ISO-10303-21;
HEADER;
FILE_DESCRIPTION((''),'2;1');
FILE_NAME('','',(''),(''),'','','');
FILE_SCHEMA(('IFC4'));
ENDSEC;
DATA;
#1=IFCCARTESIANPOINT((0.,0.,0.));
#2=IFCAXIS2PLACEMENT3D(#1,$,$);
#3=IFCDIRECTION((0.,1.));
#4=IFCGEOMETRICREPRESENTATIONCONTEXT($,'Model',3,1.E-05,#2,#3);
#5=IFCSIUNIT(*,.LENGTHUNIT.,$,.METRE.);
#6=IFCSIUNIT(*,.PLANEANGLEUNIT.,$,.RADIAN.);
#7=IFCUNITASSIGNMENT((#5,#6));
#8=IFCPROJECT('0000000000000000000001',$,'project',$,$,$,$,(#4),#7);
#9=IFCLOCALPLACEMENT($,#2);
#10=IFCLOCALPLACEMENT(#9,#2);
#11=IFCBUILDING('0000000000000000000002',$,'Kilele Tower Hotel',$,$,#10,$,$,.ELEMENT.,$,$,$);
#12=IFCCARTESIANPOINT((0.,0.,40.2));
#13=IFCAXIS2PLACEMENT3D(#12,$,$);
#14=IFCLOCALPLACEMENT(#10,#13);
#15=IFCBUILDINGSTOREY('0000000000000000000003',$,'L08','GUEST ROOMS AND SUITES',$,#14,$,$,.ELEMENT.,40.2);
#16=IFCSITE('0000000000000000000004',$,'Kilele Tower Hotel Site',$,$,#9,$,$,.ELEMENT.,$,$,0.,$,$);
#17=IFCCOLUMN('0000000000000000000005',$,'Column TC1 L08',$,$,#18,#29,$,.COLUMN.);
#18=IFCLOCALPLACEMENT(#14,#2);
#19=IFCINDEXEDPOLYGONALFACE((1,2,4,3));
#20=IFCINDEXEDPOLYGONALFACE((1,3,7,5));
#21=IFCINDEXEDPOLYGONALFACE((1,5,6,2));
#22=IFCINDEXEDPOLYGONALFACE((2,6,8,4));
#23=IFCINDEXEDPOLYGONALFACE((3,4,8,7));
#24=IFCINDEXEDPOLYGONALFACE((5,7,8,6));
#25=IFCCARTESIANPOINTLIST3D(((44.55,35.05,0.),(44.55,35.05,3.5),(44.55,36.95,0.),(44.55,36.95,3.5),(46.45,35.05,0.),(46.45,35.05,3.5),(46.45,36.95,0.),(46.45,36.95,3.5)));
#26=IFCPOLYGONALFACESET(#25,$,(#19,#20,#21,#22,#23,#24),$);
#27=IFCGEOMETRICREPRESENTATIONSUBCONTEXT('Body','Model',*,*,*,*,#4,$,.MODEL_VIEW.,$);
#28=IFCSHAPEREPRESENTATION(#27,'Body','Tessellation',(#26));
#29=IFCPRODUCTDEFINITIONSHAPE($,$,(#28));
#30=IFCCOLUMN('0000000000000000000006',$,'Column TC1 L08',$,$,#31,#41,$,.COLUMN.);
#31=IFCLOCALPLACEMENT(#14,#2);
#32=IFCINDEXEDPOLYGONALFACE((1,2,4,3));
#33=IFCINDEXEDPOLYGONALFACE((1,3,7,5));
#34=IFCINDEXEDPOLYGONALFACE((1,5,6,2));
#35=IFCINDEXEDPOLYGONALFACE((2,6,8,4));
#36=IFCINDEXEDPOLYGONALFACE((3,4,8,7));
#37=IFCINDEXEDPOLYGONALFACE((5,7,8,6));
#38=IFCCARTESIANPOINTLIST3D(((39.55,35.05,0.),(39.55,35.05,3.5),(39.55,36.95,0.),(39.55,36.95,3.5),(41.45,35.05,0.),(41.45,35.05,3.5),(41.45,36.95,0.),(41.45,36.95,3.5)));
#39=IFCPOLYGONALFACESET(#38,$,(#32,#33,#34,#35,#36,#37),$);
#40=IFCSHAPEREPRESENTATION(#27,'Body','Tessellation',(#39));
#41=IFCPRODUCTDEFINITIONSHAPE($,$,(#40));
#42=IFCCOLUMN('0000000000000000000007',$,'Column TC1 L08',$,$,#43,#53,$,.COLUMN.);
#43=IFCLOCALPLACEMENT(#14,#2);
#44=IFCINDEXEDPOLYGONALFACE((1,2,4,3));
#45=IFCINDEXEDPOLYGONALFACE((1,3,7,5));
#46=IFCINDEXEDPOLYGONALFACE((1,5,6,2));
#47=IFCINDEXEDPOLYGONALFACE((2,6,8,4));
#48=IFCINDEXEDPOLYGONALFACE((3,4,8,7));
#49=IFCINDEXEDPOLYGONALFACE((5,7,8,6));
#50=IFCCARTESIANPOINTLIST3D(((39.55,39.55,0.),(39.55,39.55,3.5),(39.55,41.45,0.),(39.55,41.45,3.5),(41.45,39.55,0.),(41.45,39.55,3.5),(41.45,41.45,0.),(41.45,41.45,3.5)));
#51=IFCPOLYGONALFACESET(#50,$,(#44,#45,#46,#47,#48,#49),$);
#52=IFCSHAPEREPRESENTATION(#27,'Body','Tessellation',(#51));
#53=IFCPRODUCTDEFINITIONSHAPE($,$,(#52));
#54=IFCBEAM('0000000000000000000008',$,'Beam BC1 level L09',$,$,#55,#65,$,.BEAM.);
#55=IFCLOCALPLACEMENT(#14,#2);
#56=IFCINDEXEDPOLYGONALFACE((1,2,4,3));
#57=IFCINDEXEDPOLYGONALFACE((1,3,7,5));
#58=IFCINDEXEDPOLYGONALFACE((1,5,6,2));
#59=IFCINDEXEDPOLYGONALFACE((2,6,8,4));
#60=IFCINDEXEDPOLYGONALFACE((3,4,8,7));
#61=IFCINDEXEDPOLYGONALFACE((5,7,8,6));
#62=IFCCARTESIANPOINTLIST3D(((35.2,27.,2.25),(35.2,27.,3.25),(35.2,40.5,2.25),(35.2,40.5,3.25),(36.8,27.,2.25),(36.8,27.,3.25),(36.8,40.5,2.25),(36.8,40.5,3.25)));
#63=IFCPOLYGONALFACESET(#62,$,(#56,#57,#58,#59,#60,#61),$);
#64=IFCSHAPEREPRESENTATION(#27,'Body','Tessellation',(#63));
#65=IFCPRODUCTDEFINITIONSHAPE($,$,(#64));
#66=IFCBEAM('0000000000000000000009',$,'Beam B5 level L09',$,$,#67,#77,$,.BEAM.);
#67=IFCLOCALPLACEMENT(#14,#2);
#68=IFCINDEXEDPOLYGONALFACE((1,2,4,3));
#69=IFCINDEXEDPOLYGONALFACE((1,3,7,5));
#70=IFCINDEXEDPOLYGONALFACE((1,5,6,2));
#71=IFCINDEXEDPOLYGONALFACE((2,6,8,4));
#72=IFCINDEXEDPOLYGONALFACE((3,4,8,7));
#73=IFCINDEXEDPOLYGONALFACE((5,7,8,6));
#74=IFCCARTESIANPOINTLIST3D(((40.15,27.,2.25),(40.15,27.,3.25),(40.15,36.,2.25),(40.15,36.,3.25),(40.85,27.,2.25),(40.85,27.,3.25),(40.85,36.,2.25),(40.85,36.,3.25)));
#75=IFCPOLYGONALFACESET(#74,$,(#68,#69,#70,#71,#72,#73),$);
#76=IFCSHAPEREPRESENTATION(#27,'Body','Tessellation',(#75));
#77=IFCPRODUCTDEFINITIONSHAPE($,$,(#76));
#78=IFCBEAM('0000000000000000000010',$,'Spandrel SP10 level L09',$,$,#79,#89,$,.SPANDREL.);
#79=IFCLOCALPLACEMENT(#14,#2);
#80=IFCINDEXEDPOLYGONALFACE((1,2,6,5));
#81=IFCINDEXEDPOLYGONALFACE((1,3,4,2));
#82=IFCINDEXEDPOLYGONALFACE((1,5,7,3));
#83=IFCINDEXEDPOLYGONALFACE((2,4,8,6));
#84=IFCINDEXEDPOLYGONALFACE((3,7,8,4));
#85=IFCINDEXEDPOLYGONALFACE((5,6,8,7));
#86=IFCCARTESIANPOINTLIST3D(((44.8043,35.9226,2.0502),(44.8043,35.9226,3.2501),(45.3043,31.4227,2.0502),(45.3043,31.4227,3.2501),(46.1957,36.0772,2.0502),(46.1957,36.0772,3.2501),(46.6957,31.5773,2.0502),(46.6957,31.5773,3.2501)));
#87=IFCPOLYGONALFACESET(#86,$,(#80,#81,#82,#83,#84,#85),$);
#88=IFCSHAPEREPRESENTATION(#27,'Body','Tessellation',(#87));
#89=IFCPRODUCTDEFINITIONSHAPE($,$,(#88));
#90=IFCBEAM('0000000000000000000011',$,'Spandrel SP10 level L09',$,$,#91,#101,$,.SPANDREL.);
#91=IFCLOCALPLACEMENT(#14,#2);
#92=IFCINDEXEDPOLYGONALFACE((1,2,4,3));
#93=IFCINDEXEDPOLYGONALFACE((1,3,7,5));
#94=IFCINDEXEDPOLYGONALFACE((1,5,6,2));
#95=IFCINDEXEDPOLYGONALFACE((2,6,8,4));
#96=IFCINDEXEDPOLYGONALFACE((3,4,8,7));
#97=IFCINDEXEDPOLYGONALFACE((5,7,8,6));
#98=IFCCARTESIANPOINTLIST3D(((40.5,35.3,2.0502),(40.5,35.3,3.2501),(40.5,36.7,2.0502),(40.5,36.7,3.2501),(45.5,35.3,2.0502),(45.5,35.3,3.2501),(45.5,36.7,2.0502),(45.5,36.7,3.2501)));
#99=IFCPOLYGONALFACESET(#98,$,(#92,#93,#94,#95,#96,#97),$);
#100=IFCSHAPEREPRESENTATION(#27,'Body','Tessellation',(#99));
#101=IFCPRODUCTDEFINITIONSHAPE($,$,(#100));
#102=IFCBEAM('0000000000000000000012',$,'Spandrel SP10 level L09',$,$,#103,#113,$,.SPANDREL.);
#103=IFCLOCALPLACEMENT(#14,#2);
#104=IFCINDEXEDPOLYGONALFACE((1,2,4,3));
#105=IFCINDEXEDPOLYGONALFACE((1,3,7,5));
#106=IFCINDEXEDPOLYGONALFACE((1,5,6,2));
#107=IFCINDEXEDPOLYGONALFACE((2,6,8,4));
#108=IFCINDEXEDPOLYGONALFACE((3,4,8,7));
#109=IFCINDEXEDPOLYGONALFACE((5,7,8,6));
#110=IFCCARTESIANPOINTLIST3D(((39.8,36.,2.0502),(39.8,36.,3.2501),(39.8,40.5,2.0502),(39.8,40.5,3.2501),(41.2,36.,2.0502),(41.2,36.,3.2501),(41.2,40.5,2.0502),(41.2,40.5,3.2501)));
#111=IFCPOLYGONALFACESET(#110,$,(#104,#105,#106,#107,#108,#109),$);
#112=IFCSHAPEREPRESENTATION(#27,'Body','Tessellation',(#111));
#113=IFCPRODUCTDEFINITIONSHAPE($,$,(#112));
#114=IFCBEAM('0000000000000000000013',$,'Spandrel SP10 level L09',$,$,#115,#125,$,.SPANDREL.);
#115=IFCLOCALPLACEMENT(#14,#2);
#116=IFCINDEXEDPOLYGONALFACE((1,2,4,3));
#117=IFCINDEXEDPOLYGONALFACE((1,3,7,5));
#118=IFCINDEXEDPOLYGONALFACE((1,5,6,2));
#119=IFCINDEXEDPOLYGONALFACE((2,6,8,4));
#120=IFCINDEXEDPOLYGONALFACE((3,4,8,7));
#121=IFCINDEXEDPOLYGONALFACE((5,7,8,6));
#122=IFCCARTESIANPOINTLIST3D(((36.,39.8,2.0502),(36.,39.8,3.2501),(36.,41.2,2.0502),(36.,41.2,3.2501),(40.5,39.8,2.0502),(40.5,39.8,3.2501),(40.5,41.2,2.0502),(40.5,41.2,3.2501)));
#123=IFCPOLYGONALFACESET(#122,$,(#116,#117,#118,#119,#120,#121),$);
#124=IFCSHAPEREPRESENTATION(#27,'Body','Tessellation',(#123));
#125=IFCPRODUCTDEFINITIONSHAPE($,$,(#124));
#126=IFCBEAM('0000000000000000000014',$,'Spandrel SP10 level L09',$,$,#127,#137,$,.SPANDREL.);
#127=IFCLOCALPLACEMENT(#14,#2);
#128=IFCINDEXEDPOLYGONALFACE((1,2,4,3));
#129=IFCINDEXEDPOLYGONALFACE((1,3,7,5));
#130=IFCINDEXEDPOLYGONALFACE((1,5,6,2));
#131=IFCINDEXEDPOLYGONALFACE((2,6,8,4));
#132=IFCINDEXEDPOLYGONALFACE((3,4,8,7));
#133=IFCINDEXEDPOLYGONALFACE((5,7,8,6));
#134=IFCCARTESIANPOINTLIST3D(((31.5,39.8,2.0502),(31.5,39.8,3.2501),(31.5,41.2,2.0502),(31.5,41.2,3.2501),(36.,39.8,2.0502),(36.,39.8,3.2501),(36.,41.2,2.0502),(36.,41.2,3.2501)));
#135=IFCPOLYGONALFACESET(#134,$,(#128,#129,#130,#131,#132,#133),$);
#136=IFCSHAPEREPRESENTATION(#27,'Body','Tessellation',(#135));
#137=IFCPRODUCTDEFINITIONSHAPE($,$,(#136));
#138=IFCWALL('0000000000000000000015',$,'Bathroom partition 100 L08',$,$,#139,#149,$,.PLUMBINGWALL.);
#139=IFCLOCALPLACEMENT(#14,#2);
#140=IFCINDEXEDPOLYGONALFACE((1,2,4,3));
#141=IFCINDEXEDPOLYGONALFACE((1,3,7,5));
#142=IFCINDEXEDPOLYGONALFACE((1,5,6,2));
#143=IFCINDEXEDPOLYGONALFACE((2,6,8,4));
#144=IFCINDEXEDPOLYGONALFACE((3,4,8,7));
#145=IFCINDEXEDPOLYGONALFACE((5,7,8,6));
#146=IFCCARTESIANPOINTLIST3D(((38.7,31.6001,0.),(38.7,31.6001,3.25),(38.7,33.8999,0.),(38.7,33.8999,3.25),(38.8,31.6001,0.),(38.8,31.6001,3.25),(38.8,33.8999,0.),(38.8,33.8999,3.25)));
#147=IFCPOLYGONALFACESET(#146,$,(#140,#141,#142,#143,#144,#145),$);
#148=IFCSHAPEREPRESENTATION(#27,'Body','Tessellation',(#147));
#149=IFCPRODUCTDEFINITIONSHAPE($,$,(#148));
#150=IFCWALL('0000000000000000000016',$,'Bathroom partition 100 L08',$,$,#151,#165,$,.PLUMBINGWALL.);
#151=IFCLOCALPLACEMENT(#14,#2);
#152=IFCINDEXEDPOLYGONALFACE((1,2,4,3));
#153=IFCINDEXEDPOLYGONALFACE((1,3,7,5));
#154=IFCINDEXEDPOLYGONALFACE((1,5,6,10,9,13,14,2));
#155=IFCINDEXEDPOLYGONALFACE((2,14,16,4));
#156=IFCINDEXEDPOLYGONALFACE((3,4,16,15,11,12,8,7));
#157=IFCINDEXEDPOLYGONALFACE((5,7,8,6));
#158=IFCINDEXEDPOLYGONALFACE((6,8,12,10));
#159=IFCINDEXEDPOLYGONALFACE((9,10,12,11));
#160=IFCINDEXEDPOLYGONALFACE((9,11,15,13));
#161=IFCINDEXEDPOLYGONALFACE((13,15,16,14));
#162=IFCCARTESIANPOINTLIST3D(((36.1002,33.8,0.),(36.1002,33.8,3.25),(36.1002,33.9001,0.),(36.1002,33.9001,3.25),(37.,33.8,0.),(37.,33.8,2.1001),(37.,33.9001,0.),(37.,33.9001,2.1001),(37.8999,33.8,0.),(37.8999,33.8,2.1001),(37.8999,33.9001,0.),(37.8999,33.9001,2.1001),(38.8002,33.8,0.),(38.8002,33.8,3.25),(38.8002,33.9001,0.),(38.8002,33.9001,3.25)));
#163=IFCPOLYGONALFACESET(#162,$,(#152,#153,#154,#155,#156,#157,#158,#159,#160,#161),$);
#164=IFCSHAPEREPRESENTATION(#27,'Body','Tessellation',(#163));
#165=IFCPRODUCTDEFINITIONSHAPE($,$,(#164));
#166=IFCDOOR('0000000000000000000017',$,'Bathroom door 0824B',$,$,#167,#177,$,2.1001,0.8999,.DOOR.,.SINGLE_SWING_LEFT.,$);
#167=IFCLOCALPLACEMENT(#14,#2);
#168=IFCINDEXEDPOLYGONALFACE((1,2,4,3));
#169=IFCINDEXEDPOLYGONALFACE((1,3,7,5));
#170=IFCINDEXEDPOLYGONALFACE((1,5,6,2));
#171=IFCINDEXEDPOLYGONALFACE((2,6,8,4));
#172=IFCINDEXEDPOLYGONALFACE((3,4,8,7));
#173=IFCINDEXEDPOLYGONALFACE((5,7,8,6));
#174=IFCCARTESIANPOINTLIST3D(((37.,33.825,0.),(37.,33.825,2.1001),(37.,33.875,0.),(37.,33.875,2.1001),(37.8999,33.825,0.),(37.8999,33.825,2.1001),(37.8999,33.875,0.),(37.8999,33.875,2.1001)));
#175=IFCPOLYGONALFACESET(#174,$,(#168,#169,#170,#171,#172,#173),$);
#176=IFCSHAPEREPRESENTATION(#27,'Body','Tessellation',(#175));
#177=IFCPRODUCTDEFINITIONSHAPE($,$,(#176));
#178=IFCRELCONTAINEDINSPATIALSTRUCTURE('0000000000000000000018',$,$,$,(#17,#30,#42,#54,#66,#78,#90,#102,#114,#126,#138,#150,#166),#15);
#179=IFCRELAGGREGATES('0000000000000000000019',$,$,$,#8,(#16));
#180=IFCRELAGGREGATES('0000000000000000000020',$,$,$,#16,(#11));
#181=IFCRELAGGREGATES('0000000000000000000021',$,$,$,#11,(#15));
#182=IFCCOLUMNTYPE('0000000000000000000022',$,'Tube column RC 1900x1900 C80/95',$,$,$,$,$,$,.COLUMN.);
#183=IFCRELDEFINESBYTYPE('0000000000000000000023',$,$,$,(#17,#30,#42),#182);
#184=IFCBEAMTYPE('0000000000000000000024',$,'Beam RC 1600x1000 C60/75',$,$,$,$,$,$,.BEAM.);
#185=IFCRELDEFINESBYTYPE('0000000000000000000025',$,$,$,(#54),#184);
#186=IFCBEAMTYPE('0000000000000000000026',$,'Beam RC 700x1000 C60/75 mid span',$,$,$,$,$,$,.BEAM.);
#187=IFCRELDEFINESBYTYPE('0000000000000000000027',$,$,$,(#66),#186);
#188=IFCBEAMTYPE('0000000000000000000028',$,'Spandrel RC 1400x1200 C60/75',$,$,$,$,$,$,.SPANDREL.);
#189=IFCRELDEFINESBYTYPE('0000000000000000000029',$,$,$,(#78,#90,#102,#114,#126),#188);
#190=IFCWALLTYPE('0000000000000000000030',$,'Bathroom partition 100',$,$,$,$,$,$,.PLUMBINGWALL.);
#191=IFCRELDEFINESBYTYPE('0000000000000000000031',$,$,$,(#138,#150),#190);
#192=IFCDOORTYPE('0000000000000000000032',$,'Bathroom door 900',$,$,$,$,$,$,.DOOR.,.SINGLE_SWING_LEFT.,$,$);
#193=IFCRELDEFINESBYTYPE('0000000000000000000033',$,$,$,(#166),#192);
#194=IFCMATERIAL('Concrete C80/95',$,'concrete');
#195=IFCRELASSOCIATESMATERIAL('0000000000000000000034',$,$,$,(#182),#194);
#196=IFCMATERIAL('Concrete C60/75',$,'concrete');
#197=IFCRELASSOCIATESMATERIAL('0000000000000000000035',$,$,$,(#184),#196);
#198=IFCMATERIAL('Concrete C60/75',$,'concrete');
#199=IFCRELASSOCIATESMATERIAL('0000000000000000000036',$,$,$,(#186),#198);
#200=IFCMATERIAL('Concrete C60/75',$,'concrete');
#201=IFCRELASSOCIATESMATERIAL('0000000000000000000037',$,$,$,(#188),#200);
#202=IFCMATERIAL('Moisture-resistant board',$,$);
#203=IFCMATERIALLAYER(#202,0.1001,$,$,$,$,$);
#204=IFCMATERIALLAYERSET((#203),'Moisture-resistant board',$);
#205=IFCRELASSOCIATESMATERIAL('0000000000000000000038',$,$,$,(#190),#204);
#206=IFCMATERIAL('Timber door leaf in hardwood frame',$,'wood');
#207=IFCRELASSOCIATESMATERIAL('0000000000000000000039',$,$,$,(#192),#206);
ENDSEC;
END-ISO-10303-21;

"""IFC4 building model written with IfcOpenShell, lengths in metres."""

from ifc_helpers import new_model, si_unit, direction, frame, frame_2d, origin, origin_2d, place, context, subcontext, project, spatial, rectangle, extrude, material, layer, layer_set, material_profile, profile_set, type_object, element, fill, save


model = new_model("IFC4")

# Units and contexts
model_context = context("Model", 3, precision=1e-05, world=origin(), true_north=direction((0.0, 1.0)))
body_context = subcontext(model_context, "Body", "Model", "MODEL_VIEW")
ifc_project = project(units=[si_unit("LENGTHUNIT", "METRE"), si_unit("PLANEANGLEUNIT", "RADIAN")], contexts=[model_context])

# Site, building, storey
site_placement = place(None, origin())
site = spatial("IfcSite", under=ifc_project, at=site_placement, Name="Kilele Tower Hotel Site", CompositionType="ELEMENT", RefElevation=0.0)
building_placement = place(site_placement, origin())
building = spatial("IfcBuilding", under=site, at=building_placement, Name="Kilele Tower Hotel", CompositionType="ELEMENT")
storey_placement = place(building_placement, frame((0.0, 0.0, 40.2)))
storey = spatial("IfcBuildingStorey", under=building, at=storey_placement, Name="L08", Description="GUEST ROOMS AND SUITES", CompositionType="ELEMENT", Elevation=40.2)

# Columns
ifc_material_1 = material(Name="Concrete C80/95", Category="concrete")
ifc_material_profile_1 = material_profile(ifc_material_1, rectangle(XDim=1.8999, YDim=1.8999, at=origin_2d()))
ifc_profile_set_1 = profile_set([ifc_material_profile_1], Name="Concrete C80/95")
column_type = type_object("IfcColumnType", Name="Tube column RC 1900x1900 C80/95", PredefinedType="COLUMN", material=ifc_profile_set_1)
for number, where, z_axis, x_axis, name in (
    (1, (45.5, 36.0, 0.0), (0.0, 0.0, 1.0), (1.0, 0.0, 0.0), "Column TC1 L08"),
    (2, (40.5, 36.0, 0.0), (0.0, 0.0, 1.0), (1.0, 0.0, 0.0), "Column TC1 L08"),
    (3, (40.5, 40.5, 0.0), (0.0, 0.0, 1.0), (1.0, 0.0, 0.0), "Column TC1 L08"),
):
    element("IfcColumn", number, at=place(storey_placement, frame(where, z_axis=z_axis, x_axis=x_axis)), inside=storey, type_object=column_type, Name=name, PredefinedType="COLUMN", context=body_context, shape_type="SweptSolid", body=[
        extrude(rectangle(XDim=1.8999, YDim=1.8999, at=origin_2d()), origin(), (0.0, 0.0, 1.0), 3.5),
    ])

# Beams
ifc_material_2 = material(Name="Concrete C60/75", Category="concrete")
ifc_material_profile_2 = material_profile(ifc_material_2, rectangle(XDim=1.6001, YDim=1.0, at=origin_2d()))
ifc_profile_set_2 = profile_set([ifc_material_profile_2], Name="Concrete C60/75")
beam_type_1 = type_object("IfcBeamType", Name="Beam RC 1600x1000 C60/75", PredefinedType="BEAM", material=ifc_profile_set_2)
beam_1_placement = place(storey_placement, frame((36.0, 40.5, 2.75), z_axis=(0.0, -1.0, 0.0), x_axis=(1.0, 0.0, 0.0)))
element("IfcBeam", 4, at=beam_1_placement, inside=storey, type_object=beam_type_1, Name="Beam BC1 level L09", PredefinedType="BEAM", context=body_context, shape_type="SweptSolid", body=[
    extrude(rectangle(XDim=1.6001, YDim=1.0, at=origin_2d()), origin(), (0.0, 0.0, 1.0), 13.5),
])
ifc_material_3 = material(Name="Concrete C60/75", Category="concrete")
ifc_material_profile_3 = material_profile(ifc_material_3, rectangle(XDim=0.7, YDim=1.0, at=origin_2d()))
ifc_profile_set_3 = profile_set([ifc_material_profile_3], Name="Concrete C60/75")
beam_type_2 = type_object("IfcBeamType", Name="Beam RC 700x1000 C60/75 mid span", PredefinedType="BEAM", material=ifc_profile_set_3)
beam_2_placement = place(storey_placement, frame((40.5, 36.0, 2.75), z_axis=(0.0, -1.0, 0.0), x_axis=(1.0, 0.0, 0.0)))
element("IfcBeam", 5, at=beam_2_placement, inside=storey, type_object=beam_type_2, Name="Beam B5 level L09", PredefinedType="BEAM", context=body_context, shape_type="SweptSolid", body=[
    extrude(rectangle(XDim=0.7, YDim=1.0, at=origin_2d()), origin(), (0.0, 0.0, 1.0), 9.0),
])
ifc_material_4 = material(Name="Concrete C60/75", Category="concrete")
ifc_material_profile_4 = material_profile(ifc_material_4, rectangle(XDim=1.3999, YDim=1.2, at=origin_2d()))
ifc_profile_set_4 = profile_set([ifc_material_profile_4], Name="Concrete C60/75")
beam_type_3 = type_object("IfcBeamType", Name="Spandrel RC 1400x1200 C60/75", PredefinedType="SPANDREL", material=ifc_profile_set_4)
beam_3_placement = place(storey_placement, frame((46.0, 31.5, 2.6501), z_axis=(-0.110432, 0.993884, 0.0), x_axis=(-0.993884, -0.110432, 0.0)))
element("IfcBeam", 6, at=beam_3_placement, inside=storey, type_object=beam_type_3, Name="Spandrel SP10 level L09", PredefinedType="SPANDREL", context=body_context, shape_type="SweptSolid", body=[
    extrude(rectangle(XDim=1.3999, YDim=1.2, at=origin_2d()), origin(), (0.0, 0.0, 1.0), 4.5276),
])
beam_4_placement = place(storey_placement, frame((45.5, 36.0, 2.6501), z_axis=(-1.0, 0.0, 0.0), x_axis=(0.0, -1.0, 0.0)))
element("IfcBeam", 7, at=beam_4_placement, inside=storey, type_object=beam_type_3, Name="Spandrel SP10 level L09", PredefinedType="SPANDREL", context=body_context, shape_type="SweptSolid", body=[
    extrude(rectangle(XDim=1.3999, YDim=1.2, at=origin_2d()), origin(), (0.0, 0.0, 1.0), 5.0),
])
for number, where, z_axis, x_axis, name in (
    (8, (40.5, 36.0, 2.6501), (0.0, 1.0, 0.0), (-1.0, 0.0, 0.0), "Spandrel SP10 level L09"),
    (9, (40.5, 40.5, 2.6501), (-1.0, 0.0, 0.0), (0.0, -1.0, 0.0), "Spandrel SP10 level L09"),
    (10, (36.0, 40.5, 2.6501), (-1.0, 0.0, 0.0), (0.0, -1.0, 0.0), "Spandrel SP10 level L09"),
):
    element("IfcBeam", number, at=place(storey_placement, frame(where, z_axis=z_axis, x_axis=x_axis)), inside=storey, type_object=beam_type_3, Name=name, PredefinedType="SPANDREL", context=body_context, shape_type="SweptSolid", body=[
        extrude(rectangle(XDim=1.3999, YDim=1.2, at=origin_2d()), origin(), (0.0, 0.0, 1.0), 4.5),
    ])

# Wall
ifc_material_5 = material(Name="Moisture-resistant board")
ifc_layer_1 = layer(ifc_material_5, 0.1001)
ifc_layer_set_1 = layer_set([ifc_layer_1], Name="Moisture-resistant board")
wall_type_1 = type_object("IfcWallType", Name="Bathroom partition 100", PredefinedType="PLUMBINGWALL", material=ifc_layer_set_1)
wall_1_placement = place(storey_placement, frame((38.75, 31.6001, 0.0), z_axis=(0.0, 0.0, 1.0), x_axis=(0.0, 1.0, 0.0)))
element("IfcWall", 11, at=wall_1_placement, inside=storey, type_object=wall_type_1, Name="Bathroom partition 100 L08", PredefinedType="PLUMBINGWALL", context=body_context, shape_type="SweptSolid", body=[
    extrude(rectangle(XDim=2.2998, YDim=0.1001, at=frame_2d((1.1499, 0.0))), origin(), (0.0, 0.0, 1.0), 3.25),
])

# Wall, opening, door
wall_2_placement = place(storey_placement, frame((36.1001, 33.8501, 0.0), z_axis=(0.0, 0.0, 1.0), x_axis=(1.0, 0.0, 0.0)))
wall_2 = element("IfcWall", 12, at=wall_2_placement, inside=storey, type_object=wall_type_1, Name="Bathroom partition 100 L08", PredefinedType="PLUMBINGWALL", context=body_context, shape_type="SweptSolid", body=[
    extrude(rectangle(XDim=2.7, YDim=0.1001, at=frame_2d((1.3501, 0.0))), origin(), (0.0, 0.0, 1.0), 3.25),
])
opening_1_placement = place(wall_2_placement, frame((0.8999, 0.0, 0.0)))
opening_1 = element("IfcOpeningElement", 13, at=opening_1_placement, cuts=wall_2, PredefinedType="OPENING", context=body_context, shape_type="SweptSolid", body=[
    extrude(rectangle(XDim=0.8999, YDim=2.1001, at=frame_2d((0.45, 1.05))), frame((0.0, 0.0601, 0.0), z_axis=(0.0, -1.0, 0.0), x_axis=(1.0, 0.0, 0.0)), (0.0, 0.0, 1.0), 0.1201),
])
ifc_material_6 = material(Name="Timber door leaf in hardwood frame", Category="wood")
door_type_1 = type_object("IfcDoorType", Name="Bathroom door 900", OperationType="SINGLE_SWING_LEFT", PredefinedType="DOOR", material=ifc_material_6)
door_1_placement = place(opening_1_placement, origin())
door_1 = element("IfcDoor", 14, at=door_1_placement, inside=storey, type_object=door_type_1, Name="Bathroom door 0824B", OperationType="SINGLE_SWING_LEFT", OverallHeight=2.1001, OverallWidth=0.8999, PredefinedType="DOOR", context=body_context, shape_type="SweptSolid", body=[
    extrude(rectangle(XDim=0.8999, YDim=2.1001, at=frame_2d((0.45, 1.05))), frame((0.0, 0.0249, 0.0), z_axis=(0.0, -1.0, 0.0), x_axis=(1.0, 0.0, 0.0)), (0.0, 0.0, 1.0), 0.05),
])
fill(opening_1, door_1)

save(model, "model.ifc")
